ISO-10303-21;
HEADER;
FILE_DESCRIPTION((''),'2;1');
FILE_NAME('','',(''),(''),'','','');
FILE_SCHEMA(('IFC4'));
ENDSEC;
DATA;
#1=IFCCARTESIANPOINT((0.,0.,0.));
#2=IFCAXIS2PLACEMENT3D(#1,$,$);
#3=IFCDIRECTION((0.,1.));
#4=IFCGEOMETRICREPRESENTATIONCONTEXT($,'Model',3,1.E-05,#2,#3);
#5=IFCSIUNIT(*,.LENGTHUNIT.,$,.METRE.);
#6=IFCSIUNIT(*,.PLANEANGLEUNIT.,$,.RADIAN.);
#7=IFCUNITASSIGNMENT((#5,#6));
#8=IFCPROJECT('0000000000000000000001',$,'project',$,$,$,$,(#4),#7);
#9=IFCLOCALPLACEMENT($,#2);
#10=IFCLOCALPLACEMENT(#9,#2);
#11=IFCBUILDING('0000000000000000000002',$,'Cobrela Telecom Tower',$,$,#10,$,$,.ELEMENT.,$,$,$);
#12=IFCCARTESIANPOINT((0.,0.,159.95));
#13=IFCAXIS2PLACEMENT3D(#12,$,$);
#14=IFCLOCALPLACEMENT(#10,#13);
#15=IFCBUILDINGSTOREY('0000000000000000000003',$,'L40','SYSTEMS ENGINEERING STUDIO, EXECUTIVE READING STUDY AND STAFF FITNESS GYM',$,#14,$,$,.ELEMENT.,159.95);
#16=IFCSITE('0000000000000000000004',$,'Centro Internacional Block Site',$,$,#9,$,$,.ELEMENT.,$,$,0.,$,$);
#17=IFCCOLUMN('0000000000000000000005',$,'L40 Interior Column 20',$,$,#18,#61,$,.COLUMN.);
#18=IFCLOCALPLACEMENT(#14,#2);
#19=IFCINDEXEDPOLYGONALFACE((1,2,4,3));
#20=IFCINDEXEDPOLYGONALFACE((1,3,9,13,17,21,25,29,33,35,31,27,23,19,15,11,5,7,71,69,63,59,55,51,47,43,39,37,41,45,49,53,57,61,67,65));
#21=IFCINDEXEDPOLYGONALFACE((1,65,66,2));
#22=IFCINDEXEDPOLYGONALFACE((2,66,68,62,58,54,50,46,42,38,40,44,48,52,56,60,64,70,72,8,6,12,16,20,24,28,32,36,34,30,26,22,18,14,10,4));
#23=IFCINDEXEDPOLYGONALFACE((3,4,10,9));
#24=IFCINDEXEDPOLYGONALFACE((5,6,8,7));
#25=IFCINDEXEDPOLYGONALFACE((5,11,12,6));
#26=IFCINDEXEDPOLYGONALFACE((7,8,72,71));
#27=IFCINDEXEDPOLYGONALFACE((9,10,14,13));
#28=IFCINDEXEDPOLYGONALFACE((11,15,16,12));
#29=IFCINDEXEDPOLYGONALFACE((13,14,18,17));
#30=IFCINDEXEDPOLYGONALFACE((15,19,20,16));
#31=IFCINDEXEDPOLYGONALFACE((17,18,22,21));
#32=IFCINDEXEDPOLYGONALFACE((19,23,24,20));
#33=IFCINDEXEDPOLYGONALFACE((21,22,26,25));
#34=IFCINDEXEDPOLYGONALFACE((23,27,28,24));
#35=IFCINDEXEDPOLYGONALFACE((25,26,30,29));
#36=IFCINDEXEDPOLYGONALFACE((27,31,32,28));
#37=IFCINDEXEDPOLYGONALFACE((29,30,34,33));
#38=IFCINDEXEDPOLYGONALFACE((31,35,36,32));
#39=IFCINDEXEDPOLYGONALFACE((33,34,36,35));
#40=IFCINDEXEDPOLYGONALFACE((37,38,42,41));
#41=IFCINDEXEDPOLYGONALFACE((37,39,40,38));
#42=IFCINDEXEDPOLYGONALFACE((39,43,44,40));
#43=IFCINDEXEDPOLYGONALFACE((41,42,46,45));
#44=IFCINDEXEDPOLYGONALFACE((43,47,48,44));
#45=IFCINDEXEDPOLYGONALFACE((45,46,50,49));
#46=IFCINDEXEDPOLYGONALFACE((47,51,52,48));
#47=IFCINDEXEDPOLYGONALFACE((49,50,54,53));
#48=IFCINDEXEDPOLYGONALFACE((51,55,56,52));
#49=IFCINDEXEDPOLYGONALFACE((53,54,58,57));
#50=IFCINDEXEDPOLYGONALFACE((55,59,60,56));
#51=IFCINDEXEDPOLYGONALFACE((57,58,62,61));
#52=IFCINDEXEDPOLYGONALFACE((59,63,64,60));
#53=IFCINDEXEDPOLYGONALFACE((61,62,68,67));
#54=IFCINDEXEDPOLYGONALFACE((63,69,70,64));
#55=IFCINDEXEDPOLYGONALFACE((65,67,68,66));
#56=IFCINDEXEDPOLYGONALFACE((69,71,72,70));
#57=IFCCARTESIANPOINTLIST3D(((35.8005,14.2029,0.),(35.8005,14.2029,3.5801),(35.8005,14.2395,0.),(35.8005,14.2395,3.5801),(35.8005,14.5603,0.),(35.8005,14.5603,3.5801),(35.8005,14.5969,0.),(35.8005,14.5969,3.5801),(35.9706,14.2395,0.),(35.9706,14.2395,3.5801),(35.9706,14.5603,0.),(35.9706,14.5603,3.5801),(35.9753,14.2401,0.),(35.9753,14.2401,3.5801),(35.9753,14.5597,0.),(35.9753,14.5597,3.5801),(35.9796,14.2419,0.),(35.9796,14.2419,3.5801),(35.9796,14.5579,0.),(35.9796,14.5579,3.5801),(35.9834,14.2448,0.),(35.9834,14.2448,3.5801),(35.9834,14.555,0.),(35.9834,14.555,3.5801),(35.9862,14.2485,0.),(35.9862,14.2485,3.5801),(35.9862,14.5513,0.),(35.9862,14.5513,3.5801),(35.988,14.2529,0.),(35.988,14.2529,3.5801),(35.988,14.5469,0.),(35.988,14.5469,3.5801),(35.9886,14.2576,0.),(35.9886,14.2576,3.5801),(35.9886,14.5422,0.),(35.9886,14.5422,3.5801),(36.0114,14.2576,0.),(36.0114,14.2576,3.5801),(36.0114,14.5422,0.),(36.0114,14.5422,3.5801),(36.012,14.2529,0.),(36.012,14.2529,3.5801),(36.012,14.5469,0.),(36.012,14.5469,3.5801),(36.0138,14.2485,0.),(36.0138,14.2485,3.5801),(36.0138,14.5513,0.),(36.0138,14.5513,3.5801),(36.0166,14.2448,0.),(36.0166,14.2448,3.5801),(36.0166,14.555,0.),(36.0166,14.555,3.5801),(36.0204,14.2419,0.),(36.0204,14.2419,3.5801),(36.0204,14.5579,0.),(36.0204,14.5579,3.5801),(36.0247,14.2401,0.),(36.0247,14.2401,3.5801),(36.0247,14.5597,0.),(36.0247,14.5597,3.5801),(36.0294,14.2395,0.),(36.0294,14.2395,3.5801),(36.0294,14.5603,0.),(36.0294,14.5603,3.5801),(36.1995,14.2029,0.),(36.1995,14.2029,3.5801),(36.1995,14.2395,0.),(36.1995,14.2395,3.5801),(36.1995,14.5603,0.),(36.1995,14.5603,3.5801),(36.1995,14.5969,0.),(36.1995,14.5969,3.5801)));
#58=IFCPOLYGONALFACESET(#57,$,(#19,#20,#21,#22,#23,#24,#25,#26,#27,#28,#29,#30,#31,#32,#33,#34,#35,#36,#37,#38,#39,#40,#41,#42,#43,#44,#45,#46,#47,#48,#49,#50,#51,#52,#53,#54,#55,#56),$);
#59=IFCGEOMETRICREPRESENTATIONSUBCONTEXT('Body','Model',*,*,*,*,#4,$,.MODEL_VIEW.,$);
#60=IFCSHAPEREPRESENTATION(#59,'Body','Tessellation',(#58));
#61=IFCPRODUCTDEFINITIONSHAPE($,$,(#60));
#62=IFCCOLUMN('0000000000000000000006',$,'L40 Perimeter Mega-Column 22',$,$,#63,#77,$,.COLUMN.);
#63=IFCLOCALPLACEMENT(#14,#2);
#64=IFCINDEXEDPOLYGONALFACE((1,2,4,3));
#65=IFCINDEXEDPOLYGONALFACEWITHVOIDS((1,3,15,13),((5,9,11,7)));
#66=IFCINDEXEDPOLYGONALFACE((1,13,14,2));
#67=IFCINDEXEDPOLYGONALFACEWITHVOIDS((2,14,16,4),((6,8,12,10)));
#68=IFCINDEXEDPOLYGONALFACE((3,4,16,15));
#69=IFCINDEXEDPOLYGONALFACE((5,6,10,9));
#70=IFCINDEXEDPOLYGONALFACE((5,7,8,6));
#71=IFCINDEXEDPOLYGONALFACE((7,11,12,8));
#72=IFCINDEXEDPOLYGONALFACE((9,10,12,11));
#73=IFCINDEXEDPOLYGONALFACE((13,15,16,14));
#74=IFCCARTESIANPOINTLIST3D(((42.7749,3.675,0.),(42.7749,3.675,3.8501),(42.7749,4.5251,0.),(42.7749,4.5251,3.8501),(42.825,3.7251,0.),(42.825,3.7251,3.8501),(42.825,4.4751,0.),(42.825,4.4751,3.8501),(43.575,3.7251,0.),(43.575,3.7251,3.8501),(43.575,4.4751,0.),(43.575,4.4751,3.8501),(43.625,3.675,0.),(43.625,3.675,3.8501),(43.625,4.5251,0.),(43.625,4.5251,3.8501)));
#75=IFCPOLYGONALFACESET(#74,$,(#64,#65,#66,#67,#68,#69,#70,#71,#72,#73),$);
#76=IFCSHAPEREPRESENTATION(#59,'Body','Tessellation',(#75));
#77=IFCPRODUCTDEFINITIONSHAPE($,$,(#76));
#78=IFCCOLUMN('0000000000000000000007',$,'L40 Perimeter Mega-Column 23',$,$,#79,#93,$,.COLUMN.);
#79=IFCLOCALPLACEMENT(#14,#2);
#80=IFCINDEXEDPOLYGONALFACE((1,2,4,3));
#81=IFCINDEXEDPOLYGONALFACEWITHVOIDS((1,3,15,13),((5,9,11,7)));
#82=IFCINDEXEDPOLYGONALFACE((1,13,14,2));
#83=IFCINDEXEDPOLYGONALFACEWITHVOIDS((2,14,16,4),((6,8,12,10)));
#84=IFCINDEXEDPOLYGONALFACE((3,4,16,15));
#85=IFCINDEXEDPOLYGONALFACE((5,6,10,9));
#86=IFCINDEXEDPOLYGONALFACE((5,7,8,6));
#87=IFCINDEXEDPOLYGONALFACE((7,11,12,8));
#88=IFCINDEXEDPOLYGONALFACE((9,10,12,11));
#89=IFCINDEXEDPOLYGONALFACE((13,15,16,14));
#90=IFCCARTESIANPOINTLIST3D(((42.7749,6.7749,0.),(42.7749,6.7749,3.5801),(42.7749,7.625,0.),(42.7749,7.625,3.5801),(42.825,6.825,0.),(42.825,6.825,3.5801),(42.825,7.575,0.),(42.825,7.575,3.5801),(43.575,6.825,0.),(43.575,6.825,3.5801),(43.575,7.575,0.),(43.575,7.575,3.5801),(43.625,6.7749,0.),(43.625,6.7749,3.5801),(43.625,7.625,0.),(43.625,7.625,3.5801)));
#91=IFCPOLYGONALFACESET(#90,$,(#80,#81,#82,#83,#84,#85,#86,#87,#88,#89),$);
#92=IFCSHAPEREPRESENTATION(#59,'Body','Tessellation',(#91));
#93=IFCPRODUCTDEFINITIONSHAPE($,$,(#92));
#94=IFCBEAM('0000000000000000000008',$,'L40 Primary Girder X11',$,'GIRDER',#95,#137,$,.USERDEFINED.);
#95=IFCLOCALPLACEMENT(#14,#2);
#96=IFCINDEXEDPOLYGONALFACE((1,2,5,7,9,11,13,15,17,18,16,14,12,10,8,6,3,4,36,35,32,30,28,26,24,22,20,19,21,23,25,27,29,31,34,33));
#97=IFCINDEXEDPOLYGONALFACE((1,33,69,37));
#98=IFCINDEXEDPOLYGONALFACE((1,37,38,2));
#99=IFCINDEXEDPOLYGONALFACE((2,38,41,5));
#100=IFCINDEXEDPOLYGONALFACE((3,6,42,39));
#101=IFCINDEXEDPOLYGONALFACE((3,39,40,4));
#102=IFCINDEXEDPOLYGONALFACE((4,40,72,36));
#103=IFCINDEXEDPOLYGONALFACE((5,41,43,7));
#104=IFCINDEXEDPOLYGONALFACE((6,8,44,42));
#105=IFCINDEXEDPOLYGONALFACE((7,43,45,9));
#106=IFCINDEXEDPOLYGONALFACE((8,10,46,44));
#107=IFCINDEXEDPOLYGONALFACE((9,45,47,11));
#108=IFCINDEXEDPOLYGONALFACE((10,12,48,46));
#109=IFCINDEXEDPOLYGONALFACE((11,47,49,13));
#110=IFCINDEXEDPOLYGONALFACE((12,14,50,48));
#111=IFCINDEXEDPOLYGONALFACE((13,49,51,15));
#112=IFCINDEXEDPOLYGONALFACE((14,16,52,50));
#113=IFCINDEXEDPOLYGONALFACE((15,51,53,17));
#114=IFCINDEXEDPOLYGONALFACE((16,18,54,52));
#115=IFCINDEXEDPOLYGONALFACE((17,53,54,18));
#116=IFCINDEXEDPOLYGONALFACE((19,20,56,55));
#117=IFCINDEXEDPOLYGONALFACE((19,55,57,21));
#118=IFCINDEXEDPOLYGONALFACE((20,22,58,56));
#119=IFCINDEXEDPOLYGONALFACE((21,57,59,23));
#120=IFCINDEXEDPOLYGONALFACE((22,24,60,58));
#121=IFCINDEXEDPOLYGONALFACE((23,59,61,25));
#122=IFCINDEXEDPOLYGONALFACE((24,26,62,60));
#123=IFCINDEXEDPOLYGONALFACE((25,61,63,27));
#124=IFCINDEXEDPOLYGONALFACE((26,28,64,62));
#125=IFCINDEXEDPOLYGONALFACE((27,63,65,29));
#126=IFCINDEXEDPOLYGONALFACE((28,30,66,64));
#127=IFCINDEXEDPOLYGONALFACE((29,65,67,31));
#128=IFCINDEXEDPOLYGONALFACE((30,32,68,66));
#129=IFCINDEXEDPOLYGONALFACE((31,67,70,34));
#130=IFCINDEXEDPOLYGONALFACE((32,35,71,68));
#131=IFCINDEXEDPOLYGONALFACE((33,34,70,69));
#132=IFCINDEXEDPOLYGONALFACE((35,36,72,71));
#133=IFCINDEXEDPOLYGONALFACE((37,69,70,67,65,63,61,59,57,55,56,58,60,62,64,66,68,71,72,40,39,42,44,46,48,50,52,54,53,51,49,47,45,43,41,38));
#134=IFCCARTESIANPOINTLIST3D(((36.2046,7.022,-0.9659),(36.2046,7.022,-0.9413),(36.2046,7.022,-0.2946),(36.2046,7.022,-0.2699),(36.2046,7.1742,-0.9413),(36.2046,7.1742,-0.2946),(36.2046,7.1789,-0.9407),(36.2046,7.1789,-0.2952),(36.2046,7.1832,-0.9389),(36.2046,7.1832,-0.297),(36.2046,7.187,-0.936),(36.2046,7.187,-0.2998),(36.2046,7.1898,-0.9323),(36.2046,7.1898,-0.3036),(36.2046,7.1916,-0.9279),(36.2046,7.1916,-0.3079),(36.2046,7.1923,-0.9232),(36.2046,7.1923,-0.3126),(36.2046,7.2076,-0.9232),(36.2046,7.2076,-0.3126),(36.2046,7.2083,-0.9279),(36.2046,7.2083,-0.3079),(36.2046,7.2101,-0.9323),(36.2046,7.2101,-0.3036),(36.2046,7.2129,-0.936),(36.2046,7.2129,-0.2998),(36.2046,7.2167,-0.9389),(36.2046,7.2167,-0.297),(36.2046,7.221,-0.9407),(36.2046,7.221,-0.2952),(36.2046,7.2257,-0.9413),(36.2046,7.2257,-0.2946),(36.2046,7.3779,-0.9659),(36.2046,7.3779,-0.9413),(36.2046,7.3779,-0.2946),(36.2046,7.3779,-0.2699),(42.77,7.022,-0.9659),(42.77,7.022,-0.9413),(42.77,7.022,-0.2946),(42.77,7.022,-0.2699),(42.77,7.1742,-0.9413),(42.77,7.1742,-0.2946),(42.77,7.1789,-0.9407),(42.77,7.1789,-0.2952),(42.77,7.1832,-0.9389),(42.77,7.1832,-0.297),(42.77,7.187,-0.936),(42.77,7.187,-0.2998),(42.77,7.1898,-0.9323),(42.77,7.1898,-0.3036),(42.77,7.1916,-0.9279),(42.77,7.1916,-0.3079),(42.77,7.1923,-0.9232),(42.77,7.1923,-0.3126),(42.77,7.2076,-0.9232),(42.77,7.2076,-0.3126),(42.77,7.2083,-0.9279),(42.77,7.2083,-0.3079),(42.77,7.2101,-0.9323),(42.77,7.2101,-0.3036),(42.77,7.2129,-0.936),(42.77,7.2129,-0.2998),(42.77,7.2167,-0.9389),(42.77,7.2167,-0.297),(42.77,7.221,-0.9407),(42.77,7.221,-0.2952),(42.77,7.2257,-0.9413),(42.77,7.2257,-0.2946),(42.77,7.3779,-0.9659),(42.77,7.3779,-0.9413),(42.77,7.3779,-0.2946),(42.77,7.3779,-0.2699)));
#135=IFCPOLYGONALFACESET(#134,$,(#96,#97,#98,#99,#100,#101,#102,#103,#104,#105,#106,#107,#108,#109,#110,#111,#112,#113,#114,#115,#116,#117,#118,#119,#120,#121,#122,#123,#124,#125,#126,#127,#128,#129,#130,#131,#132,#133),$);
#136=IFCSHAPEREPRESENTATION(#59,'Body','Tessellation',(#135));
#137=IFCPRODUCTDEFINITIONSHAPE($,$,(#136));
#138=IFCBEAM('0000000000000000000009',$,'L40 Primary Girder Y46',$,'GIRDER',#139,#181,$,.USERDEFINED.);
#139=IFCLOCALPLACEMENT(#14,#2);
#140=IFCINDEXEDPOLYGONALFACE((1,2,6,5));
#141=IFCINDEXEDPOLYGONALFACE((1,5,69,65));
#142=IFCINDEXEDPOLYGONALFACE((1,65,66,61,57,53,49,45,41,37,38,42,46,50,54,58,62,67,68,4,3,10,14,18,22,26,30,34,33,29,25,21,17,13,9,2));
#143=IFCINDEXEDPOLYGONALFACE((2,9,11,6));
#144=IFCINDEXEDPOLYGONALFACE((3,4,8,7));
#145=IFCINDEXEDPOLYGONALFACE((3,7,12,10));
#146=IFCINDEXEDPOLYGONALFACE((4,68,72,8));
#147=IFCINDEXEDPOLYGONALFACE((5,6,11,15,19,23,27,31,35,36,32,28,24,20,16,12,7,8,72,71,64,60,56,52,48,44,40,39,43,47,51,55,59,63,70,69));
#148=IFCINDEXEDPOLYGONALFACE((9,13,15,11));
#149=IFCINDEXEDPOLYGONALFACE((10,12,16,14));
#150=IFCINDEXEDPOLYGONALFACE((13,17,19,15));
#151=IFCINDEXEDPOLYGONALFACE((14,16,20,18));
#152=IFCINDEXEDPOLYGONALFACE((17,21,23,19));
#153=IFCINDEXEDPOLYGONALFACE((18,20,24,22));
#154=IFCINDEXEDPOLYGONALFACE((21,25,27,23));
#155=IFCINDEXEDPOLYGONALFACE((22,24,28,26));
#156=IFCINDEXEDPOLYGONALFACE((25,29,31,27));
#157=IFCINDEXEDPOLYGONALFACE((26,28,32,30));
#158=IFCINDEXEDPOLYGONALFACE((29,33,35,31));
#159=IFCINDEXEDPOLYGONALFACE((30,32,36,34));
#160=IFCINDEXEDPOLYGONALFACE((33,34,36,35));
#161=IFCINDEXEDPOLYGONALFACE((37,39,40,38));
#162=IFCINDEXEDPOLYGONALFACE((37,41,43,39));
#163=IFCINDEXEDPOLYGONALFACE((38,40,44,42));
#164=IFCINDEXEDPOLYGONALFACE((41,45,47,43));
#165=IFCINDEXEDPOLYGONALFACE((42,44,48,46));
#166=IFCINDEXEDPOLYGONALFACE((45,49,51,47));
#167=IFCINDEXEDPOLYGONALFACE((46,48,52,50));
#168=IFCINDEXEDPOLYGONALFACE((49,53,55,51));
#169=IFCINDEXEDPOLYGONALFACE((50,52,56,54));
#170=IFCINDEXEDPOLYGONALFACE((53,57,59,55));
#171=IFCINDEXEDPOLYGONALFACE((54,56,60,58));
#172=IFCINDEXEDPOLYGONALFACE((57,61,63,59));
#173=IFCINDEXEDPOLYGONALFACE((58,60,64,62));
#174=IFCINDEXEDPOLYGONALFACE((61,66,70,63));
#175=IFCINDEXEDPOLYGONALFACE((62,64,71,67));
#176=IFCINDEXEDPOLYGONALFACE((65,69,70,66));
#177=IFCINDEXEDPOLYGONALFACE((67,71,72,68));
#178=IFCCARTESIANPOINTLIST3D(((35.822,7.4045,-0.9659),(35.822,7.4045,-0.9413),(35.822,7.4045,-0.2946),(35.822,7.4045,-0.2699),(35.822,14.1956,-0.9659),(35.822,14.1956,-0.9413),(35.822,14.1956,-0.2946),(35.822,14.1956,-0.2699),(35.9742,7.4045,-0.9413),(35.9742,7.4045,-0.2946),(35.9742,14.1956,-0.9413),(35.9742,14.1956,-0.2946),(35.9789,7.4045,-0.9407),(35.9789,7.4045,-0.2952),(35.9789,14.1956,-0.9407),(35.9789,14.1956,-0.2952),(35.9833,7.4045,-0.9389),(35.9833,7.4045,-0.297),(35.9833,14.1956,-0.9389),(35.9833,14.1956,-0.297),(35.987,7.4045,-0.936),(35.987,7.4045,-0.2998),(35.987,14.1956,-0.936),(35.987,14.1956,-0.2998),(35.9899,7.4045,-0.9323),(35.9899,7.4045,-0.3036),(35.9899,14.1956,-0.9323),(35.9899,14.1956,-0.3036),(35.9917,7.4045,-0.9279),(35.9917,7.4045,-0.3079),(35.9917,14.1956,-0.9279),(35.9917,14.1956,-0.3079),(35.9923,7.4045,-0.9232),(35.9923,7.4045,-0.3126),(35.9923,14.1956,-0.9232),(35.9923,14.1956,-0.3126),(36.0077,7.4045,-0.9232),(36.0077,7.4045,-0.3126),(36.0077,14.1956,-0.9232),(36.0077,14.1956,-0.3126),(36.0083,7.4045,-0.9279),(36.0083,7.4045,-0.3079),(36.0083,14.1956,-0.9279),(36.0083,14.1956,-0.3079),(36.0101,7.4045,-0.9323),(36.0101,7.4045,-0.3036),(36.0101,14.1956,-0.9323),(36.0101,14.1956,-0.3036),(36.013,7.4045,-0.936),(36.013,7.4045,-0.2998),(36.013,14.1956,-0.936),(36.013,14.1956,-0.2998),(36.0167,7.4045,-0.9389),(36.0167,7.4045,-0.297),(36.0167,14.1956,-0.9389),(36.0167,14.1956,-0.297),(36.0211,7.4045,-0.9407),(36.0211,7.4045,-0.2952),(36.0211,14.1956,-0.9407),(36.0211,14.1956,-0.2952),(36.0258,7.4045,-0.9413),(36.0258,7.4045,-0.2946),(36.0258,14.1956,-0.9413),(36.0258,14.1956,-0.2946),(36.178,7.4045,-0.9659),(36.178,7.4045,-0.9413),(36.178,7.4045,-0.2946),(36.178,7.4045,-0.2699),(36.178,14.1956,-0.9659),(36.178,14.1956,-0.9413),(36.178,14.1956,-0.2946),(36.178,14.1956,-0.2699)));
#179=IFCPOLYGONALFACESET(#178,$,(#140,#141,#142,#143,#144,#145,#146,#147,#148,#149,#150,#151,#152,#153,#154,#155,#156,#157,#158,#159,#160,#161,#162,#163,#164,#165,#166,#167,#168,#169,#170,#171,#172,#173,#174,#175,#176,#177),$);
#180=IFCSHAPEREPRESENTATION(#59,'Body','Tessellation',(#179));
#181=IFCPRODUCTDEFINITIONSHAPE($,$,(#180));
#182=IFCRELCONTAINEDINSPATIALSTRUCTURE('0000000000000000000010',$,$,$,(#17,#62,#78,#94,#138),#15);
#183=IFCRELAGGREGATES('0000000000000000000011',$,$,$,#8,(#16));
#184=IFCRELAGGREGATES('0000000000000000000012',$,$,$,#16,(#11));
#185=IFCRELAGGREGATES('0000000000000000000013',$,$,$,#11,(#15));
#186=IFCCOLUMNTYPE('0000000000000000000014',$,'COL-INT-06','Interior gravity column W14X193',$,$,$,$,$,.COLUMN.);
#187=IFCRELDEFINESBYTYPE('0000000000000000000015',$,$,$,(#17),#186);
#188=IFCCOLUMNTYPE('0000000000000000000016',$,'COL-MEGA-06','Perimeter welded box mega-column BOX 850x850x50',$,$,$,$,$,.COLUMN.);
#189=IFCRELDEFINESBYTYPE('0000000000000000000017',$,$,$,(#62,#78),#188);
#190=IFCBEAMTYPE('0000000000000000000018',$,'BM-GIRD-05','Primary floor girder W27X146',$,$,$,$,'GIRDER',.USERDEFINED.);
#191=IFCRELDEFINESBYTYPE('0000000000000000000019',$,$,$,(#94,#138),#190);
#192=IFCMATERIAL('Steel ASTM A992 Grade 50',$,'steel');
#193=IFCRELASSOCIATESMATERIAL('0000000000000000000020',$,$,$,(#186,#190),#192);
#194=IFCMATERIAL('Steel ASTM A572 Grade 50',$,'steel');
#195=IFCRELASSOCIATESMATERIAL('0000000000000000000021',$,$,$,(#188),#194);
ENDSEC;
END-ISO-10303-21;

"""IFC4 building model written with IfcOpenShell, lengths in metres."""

from ifc_helpers import new_model, si_unit, direction, frame, origin, origin_2d, place, context, subcontext, project, spatial, hollow_rectangle, i_section, extrude, material, material_profile, profile_set, type_object, element, save


model = new_model("IFC4")

# Units and contexts
model_context = context("Model", 3, precision=1e-05, world=origin(), true_north=direction((0.0, 1.0)))
body_context = subcontext(model_context, "Body", "Model", "MODEL_VIEW")
ifc_project = project(units=[si_unit("LENGTHUNIT", "METRE"), si_unit("PLANEANGLEUNIT", "RADIAN")], contexts=[model_context])

# Site, building, storey
site_placement = place(None, origin())
site = spatial("IfcSite", under=ifc_project, at=site_placement, Name="Centro Internacional Block Site", CompositionType="ELEMENT", RefElevation=0.0)
building_placement = place(site_placement, origin())
building = spatial("IfcBuilding", under=site, at=building_placement, Name="Cobrela Telecom Tower", CompositionType="ELEMENT")
storey_placement = place(building_placement, frame((0.0, 0.0, 159.95)))
storey = spatial("IfcBuildingStorey", under=building, at=storey_placement, Name="L40", Description="SYSTEMS ENGINEERING STUDIO, EXECUTIVE READING STUDY AND STAFF FITNESS GYM", CompositionType="ELEMENT", Elevation=159.95)

# Columns
ifc_material_1 = material(Name="Steel ASTM A992 Grade 50", Category="steel")
ifc_material_profile_1 = material_profile(ifc_material_1, i_section(OverallWidth=0.3989, OverallDepth=0.394, WebThickness=0.0227, FlangeThickness=0.0366, FilletRadius=0.0181, at=origin_2d()), Name="W14X193")
ifc_profile_set_1 = profile_set([ifc_material_profile_1], Name="Steel ASTM A992 Grade 50")
column_type_1 = type_object("IfcColumnType", Name="COL-INT-06", Description="Interior gravity column W14X193", PredefinedType="COLUMN", material=ifc_profile_set_1)
column_1_placement = place(storey_placement, frame((36.0, 14.3999, 0.0), z_axis=(0.0, 0.0, 1.0), x_axis=(1.0, 0.0, 0.0)))
element("IfcColumn", 1, at=column_1_placement, inside=storey, type_object=column_type_1, Name="L40 Interior Column 20", PredefinedType="COLUMN", context=body_context, shape_type="SweptSolid", body=[
    extrude(i_section(OverallWidth=0.3989, OverallDepth=0.394, WebThickness=0.0227, FlangeThickness=0.0366, FilletRadius=0.0181, at=origin_2d()), origin(), (0.0, 0.0, 1.0), 3.5801),
])
ifc_material_2 = material(Name="Steel ASTM A572 Grade 50", Category="steel")
ifc_material_profile_2 = material_profile(ifc_material_2, hollow_rectangle(XDim=0.8501, YDim=0.8501, WallThickness=0.05, at=origin_2d()), Name="BOX 850x850x50")
ifc_profile_set_2 = profile_set([ifc_material_profile_2], Name="Steel ASTM A572 Grade 50")
column_type_2 = type_object("IfcColumnType", Name="COL-MEGA-06", Description="Perimeter welded box mega-column BOX 850x850x50", PredefinedType="COLUMN", material=ifc_profile_set_2)
column_2_placement = place(storey_placement, frame((43.2, 4.1001, 0.0), z_axis=(0.0, 0.0, 1.0), x_axis=(1.0, 0.0, 0.0)))
element("IfcColumn", 2, at=column_2_placement, inside=storey, type_object=column_type_2, Name="L40 Perimeter Mega-Column 22", PredefinedType="COLUMN", context=body_context, shape_type="SweptSolid", body=[
    extrude(hollow_rectangle(XDim=0.8501, YDim=0.8501, WallThickness=0.05, at=origin_2d()), origin(), (0.0, 0.0, 1.0), 3.8501),
])
column_3_placement = place(storey_placement, frame((43.2, 7.2, 0.0), z_axis=(0.0, 0.0, 1.0), x_axis=(1.0, 0.0, 0.0)))
element("IfcColumn", 3, at=column_3_placement, inside=storey, type_object=column_type_2, Name="L40 Perimeter Mega-Column 23", PredefinedType="COLUMN", context=body_context, shape_type="SweptSolid", body=[
    extrude(hollow_rectangle(XDim=0.8501, YDim=0.8501, WallThickness=0.05, at=origin_2d()), origin(), (0.0, 0.0, 1.0), 3.5801),
])

# Beams
ifc_material_profile_3 = material_profile(ifc_material_1, i_section(OverallWidth=0.356, OverallDepth=0.696, WebThickness=0.0154, FlangeThickness=0.0247, FilletRadius=0.0181, at=origin_2d()), Name="W27X146")
ifc_profile_set_3 = profile_set([ifc_material_profile_3], Name="Steel ASTM A992 Grade 50")
beam_type_1 = type_object("IfcBeamType", Name="BM-GIRD-05", Description="Primary floor girder W27X146", ElementType="GIRDER", PredefinedType="USERDEFINED", material=ifc_profile_set_3)
beam_1_placement = place(storey_placement, frame((36.2046, 7.2, -0.6179), z_axis=(1.0, 0.0, 0.0), x_axis=(0.0, 1.0, 0.0)))
element("IfcBeam", 4, at=beam_1_placement, inside=storey, type_object=beam_type_1, Name="L40 Primary Girder X11", ObjectType="GIRDER", PredefinedType="USERDEFINED", context=body_context, shape_type="SweptSolid", body=[
    extrude(i_section(OverallWidth=0.356, OverallDepth=0.696, WebThickness=0.0154, FlangeThickness=0.0247, FilletRadius=0.0181, at=origin_2d()), origin(), (0.0, 0.0, 1.0), 6.5654),
])
beam_2_placement = place(storey_placement, frame((36.0, 7.4045, -0.6179), z_axis=(0.0, 1.0, 0.0), x_axis=(-1.0, 0.0, 0.0)))
element("IfcBeam", 5, at=beam_2_placement, inside=storey, type_object=beam_type_1, Name="L40 Primary Girder Y46", ObjectType="GIRDER", PredefinedType="USERDEFINED", context=body_context, shape_type="SweptSolid", body=[
    extrude(i_section(OverallWidth=0.356, OverallDepth=0.696, WebThickness=0.0154, FlangeThickness=0.0247, FilletRadius=0.0181, at=origin_2d()), origin(), (0.0, 0.0, 1.0), 6.791),
])

save(model, "model.ifc")
